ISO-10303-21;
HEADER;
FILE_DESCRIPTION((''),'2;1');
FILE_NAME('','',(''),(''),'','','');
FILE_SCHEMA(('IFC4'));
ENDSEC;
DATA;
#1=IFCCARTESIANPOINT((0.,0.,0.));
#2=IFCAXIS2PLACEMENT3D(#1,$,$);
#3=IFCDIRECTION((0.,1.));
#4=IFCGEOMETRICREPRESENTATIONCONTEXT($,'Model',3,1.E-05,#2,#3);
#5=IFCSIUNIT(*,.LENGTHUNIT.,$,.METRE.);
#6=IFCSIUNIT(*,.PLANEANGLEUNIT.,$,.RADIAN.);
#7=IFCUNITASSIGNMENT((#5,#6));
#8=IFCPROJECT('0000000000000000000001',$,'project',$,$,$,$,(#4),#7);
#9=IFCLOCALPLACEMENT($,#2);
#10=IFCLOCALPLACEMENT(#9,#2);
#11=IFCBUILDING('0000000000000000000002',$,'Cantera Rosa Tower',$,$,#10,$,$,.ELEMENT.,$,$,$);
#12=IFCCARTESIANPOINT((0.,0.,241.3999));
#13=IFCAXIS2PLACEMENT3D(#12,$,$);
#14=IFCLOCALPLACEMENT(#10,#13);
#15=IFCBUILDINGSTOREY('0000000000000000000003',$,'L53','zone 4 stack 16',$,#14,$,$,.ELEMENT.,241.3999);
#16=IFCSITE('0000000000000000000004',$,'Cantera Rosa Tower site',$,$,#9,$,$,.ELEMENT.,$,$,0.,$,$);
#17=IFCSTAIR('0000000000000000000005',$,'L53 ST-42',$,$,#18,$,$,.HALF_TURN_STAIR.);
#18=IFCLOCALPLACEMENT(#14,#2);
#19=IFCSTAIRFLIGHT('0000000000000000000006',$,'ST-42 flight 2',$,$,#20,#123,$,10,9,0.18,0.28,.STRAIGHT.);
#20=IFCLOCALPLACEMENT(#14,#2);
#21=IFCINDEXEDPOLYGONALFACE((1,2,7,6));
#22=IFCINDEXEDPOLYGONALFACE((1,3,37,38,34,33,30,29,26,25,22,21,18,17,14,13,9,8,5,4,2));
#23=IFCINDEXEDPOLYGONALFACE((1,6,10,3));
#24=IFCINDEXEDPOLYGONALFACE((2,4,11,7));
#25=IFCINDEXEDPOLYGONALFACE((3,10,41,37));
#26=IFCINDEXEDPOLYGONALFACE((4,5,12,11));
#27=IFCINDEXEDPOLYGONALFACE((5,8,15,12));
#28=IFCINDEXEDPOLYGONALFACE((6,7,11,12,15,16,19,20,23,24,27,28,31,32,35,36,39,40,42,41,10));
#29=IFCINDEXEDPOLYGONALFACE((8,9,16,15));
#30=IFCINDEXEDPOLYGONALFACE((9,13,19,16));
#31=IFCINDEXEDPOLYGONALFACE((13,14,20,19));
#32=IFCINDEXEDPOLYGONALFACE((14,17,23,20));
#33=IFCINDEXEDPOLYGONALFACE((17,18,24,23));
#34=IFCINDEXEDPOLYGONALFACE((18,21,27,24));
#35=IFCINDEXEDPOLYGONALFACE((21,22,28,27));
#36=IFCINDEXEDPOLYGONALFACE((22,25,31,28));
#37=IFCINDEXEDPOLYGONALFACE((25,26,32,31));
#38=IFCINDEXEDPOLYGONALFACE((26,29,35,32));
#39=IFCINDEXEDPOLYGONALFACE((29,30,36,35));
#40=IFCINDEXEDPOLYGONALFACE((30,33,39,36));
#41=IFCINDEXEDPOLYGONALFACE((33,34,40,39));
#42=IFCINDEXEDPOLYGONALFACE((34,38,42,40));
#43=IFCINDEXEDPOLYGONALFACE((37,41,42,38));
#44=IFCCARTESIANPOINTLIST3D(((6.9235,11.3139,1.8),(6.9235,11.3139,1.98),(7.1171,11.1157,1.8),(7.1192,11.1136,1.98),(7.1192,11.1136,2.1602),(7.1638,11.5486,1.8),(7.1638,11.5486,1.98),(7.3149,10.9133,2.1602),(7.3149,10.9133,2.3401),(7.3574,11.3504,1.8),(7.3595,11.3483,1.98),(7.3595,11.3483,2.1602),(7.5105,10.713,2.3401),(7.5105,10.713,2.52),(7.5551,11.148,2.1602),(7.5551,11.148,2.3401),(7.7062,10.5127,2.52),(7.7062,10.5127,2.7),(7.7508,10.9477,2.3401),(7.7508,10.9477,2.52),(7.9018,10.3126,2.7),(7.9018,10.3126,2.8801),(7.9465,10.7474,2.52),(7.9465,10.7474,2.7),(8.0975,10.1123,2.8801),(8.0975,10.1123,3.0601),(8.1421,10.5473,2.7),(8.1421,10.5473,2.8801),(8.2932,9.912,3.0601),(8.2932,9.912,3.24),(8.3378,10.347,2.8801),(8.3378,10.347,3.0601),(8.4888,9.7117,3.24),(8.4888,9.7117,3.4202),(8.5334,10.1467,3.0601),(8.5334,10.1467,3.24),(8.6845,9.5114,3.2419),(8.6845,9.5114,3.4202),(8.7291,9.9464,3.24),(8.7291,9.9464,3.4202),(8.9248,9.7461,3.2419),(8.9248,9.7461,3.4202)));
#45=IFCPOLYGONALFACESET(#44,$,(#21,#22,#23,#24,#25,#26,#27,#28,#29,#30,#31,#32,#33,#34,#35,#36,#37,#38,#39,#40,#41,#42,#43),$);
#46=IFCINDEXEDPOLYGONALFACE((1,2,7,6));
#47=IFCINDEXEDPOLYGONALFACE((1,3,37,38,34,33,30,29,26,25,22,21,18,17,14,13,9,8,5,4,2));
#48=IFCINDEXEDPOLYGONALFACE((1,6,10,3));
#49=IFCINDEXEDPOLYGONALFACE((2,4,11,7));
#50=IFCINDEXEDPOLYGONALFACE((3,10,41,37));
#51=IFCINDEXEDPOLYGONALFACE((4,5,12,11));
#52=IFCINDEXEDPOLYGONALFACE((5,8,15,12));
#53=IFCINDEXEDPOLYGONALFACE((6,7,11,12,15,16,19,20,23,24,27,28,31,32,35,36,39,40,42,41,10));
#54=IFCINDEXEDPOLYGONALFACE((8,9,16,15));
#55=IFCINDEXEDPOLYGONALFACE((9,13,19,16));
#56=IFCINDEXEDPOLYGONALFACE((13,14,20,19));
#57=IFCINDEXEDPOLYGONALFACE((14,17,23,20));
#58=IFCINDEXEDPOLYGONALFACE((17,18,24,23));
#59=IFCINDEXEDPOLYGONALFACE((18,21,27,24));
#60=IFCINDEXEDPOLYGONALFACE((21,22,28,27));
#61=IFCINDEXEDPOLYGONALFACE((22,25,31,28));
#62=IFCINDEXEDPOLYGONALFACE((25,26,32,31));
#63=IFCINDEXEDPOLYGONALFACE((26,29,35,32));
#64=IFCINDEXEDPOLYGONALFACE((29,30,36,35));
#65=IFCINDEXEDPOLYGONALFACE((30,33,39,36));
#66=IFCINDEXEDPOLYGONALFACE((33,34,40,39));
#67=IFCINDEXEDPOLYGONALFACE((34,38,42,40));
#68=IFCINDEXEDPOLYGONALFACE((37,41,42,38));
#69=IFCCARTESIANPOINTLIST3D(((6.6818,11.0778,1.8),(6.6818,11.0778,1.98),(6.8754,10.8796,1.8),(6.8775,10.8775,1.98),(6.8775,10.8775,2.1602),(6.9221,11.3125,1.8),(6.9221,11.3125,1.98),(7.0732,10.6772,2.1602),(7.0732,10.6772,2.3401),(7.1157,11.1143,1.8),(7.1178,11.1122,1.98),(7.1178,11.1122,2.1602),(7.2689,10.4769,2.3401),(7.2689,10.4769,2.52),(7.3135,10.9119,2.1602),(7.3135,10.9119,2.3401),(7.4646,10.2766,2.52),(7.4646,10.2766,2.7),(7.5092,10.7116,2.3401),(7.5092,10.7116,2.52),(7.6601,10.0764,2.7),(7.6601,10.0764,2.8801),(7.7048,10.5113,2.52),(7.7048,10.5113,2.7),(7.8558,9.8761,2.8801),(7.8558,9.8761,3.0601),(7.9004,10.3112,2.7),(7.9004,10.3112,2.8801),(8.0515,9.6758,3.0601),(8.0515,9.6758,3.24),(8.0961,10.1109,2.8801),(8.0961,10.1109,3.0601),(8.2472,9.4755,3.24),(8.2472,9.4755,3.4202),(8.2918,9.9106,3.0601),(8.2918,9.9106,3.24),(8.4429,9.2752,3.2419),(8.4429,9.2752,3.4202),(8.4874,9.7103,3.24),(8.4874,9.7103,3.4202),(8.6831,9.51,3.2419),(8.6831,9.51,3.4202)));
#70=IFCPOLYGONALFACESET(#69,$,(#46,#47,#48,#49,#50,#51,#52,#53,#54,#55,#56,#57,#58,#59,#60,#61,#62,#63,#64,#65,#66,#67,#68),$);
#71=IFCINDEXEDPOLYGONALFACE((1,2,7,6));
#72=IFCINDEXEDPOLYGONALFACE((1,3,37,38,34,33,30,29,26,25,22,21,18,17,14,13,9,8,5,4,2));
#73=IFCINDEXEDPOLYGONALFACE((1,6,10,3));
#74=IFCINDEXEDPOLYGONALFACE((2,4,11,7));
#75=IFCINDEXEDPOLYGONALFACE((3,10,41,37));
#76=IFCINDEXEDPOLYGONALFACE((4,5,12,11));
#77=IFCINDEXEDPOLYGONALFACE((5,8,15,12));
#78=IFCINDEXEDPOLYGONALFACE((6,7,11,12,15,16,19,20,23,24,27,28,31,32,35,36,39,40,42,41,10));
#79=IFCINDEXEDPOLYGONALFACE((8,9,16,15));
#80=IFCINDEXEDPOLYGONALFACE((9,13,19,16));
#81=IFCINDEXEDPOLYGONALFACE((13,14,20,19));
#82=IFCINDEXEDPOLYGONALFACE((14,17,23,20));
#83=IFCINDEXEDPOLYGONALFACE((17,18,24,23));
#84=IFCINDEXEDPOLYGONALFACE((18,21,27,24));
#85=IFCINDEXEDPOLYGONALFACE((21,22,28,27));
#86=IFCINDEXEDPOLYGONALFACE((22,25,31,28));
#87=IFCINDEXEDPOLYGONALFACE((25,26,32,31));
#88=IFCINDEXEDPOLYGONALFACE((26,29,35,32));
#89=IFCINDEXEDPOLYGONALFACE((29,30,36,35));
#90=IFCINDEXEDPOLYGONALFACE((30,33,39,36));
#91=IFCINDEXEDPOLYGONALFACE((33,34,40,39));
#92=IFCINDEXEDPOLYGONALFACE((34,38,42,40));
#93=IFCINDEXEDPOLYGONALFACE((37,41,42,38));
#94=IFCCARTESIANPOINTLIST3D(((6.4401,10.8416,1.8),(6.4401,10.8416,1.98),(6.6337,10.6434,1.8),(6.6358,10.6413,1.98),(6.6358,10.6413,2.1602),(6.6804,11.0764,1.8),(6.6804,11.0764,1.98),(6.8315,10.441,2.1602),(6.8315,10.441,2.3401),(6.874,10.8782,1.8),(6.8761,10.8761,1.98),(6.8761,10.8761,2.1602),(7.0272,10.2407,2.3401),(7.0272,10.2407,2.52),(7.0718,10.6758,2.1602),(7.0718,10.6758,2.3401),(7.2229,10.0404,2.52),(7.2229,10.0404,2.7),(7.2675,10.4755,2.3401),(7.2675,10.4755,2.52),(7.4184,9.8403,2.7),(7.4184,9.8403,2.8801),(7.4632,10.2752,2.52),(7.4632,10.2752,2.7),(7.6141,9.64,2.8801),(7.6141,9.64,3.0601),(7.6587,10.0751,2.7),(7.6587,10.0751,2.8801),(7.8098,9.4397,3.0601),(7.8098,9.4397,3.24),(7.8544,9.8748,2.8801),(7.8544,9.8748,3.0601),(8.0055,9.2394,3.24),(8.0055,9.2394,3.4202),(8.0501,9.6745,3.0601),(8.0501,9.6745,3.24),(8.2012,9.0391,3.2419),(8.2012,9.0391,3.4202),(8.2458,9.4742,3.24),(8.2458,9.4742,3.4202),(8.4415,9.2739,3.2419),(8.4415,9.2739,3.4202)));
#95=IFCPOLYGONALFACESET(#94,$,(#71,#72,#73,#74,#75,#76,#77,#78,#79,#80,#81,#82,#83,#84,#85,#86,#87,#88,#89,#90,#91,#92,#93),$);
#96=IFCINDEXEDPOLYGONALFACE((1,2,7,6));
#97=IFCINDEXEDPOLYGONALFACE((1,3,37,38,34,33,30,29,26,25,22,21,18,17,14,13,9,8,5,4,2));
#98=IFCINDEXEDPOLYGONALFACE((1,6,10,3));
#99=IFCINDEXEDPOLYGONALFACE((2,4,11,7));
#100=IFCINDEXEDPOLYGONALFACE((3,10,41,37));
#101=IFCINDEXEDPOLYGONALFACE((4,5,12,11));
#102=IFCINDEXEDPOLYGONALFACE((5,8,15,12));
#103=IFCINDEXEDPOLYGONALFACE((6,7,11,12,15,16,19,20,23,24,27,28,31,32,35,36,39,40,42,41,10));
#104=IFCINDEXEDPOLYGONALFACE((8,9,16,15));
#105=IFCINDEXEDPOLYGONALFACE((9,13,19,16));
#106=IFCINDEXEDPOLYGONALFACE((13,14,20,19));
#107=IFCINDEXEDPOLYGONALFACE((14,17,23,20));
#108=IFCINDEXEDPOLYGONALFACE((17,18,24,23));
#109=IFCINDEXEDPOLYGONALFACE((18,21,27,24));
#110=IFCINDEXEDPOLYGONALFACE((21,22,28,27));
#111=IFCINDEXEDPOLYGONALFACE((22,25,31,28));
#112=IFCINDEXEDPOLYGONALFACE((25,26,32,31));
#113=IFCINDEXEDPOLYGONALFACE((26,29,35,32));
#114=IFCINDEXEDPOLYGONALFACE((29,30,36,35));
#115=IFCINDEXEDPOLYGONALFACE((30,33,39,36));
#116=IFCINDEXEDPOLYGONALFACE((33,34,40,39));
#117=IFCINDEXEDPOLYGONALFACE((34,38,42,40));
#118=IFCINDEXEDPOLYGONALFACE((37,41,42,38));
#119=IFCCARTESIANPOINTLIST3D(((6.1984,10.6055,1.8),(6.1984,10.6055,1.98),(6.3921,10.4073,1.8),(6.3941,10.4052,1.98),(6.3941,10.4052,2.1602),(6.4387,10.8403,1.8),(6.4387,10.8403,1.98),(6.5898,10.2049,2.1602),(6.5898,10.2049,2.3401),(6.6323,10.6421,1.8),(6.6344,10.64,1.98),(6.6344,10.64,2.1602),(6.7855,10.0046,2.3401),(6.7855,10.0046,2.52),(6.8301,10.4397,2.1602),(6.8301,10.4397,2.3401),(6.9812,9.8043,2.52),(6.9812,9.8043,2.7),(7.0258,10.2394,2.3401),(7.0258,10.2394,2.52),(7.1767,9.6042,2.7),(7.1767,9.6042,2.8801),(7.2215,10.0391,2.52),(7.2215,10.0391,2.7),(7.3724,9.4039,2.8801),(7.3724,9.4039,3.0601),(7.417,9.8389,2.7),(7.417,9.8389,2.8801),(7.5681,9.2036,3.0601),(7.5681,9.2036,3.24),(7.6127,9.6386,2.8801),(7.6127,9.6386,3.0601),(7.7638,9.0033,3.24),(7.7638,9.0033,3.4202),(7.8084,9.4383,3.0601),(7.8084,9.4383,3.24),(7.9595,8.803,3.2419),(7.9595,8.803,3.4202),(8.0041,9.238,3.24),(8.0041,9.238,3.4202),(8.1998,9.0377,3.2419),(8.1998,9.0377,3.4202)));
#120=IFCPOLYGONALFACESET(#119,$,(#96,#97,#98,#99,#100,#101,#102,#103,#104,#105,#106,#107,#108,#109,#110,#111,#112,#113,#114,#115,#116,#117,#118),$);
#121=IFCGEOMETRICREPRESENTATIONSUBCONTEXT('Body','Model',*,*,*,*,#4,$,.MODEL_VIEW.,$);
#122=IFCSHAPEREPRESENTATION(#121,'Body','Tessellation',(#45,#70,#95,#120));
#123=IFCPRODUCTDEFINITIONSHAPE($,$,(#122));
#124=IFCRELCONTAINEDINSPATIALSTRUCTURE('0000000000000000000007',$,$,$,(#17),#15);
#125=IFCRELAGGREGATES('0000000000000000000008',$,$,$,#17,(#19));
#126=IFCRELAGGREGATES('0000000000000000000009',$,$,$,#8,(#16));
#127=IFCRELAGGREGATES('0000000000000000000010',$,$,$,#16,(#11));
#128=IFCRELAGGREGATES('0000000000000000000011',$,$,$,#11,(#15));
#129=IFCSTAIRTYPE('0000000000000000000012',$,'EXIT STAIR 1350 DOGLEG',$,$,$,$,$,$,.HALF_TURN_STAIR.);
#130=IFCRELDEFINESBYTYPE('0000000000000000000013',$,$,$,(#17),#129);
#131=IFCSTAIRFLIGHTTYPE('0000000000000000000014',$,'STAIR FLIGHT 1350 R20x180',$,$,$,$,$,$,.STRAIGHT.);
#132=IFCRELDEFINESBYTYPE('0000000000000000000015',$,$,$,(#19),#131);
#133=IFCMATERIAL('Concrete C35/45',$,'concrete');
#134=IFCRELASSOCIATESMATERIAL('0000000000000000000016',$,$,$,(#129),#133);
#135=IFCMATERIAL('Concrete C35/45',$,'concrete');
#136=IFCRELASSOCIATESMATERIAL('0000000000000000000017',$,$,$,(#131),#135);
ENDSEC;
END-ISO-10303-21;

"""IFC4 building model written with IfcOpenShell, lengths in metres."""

from ifc_helpers import new_model, si_unit, direction, frame, origin, place, context, subcontext, project, spatial, polyline, outline, extrude, material, type_object, element, aggregate, save


model = new_model("IFC4")

# Units and contexts
model_context = context("Model", 3, precision=1e-05, world=origin(), true_north=direction((0.0, 1.0)))
body_context = subcontext(model_context, "Body", "Model", "MODEL_VIEW")
ifc_project = project(units=[si_unit("LENGTHUNIT", "METRE"), si_unit("PLANEANGLEUNIT", "RADIAN")], contexts=[model_context])

# Site, building, storey
site_placement = place(None, origin())
site = spatial("IfcSite", under=ifc_project, at=site_placement, Name="Cantera Rosa Tower site", CompositionType="ELEMENT", RefElevation=0.0)
building_placement = place(site_placement, origin())
building = spatial("IfcBuilding", under=site, at=building_placement, Name="Cantera Rosa Tower", CompositionType="ELEMENT")
storey_placement = place(building_placement, frame((0.0, 0.0, 241.3999)))
storey = spatial("IfcBuildingStorey", under=building, at=storey_placement, Name="L53", Description="zone 4 stack 16", CompositionType="ELEMENT", Elevation=241.3999)

# Stair, stair flight
ifc_material_1 = material(Name="Concrete C35/45", Category="concrete")
stair_type = type_object("IfcStairType", Name="EXIT STAIR 1350 DOGLEG", PredefinedType="HALF_TURN_STAIR", material=ifc_material_1)
stair_placement = place(storey_placement, origin())
stair = element("IfcStair", 1, at=stair_placement, inside=storey, type_object=stair_type, Name="L53 ST-42", PredefinedType="HALF_TURN_STAIR")
ifc_material_2 = material(Name="Concrete C35/45", Category="concrete")
stair_flight_type = type_object("IfcStairFlightType", Name="STAIR FLIGHT 1350 R20x180", PredefinedType="STRAIGHT", material=ifc_material_2)
stair_flight_1_placement = place(storey_placement, frame((6.6809, 11.0769, 1.8), z_axis=(0.0, 0.0, 1.0), x_axis=(0.698832, -0.715286, 0.0)))
stair_flight_1 = element("IfcStairFlight", 2, at=stair_flight_1_placement, type_object=stair_flight_type, Name="ST-42 flight 2", NumberOfRisers=10, NumberOfTreads=9, PredefinedType="STRAIGHT", RiserHeight=0.18, TreadLength=0.28, context=body_context, shape_type="SweptSolid", body=[
    extrude(outline(polyline([(0.0, 0.0), (0.0, 0.1799), (0.28, 0.1799), (0.28, 0.3601), (0.5601, 0.3601), (0.5601, 0.54), (0.8401, 0.54), (0.8401, 0.72), (1.1201, 0.72), (1.1201, 0.8999), (1.3999, 0.8999), (1.3999, 1.0801), (1.6799, 1.0801), (1.6799, 1.26), (1.96, 1.26), (1.96, 1.4399), (2.24, 1.4399), (2.24, 1.6201), (2.52, 1.6201), (2.52, 1.8), (2.52, 1.4419), (0.2771, 0.0), (0.0, 0.0)])), frame((0.0, 0.675, 0.0), z_axis=(0.0, -1.0, 0.0), x_axis=(1.0, 0.0, 0.0)), (0.0, 0.0, 1.0), 0.3359),
    extrude(outline(polyline([(0.0, 0.0), (0.0, 0.1799), (0.28, 0.1799), (0.28, 0.3601), (0.5601, 0.3601), (0.5601, 0.54), (0.8401, 0.54), (0.8401, 0.72), (1.1201, 0.72), (1.1201, 0.8999), (1.3999, 0.8999), (1.3999, 1.0801), (1.6799, 1.0801), (1.6799, 1.26), (1.96, 1.26), (1.96, 1.4399), (2.24, 1.4399), (2.24, 1.6201), (2.52, 1.6201), (2.52, 1.8), (2.52, 1.4419), (0.2771, 0.0), (0.0, 0.0)])), frame((0.0, 0.3372, 0.0), z_axis=(0.0, -1.0, 0.0), x_axis=(1.0, 0.0, 0.0)), (0.0, 0.0, 1.0), 0.3359),
    extrude(outline(polyline([(0.0, 0.0), (0.0, 0.1799), (0.28, 0.1799), (0.28, 0.3601), (0.5601, 0.3601), (0.5601, 0.54), (0.8401, 0.54), (0.8401, 0.72), (1.1201, 0.72), (1.1201, 0.8999), (1.3999, 0.8999), (1.3999, 1.0801), (1.6799, 1.0801), (1.6799, 1.26), (1.96, 1.26), (1.96, 1.4399), (2.24, 1.4399), (2.24, 1.6201), (2.52, 1.6201), (2.52, 1.8), (2.52, 1.4419), (0.2771, 0.0), (0.0, 0.0)])), frame((0.0, -0.0007, 0.0), z_axis=(0.0, -1.0, 0.0), x_axis=(1.0, 0.0, 0.0)), (0.0, 0.0, 1.0), 0.3359),
    extrude(outline(polyline([(0.0, 0.0), (0.0, 0.1799), (0.28, 0.1799), (0.28, 0.3601), (0.5601, 0.3601), (0.5601, 0.54), (0.8401, 0.54), (0.8401, 0.72), (1.1201, 0.72), (1.1201, 0.8999), (1.3999, 0.8999), (1.3999, 1.0801), (1.6799, 1.0801), (1.6799, 1.26), (1.96, 1.26), (1.96, 1.4399), (2.24, 1.4399), (2.24, 1.6201), (2.52, 1.6201), (2.52, 1.8), (2.52, 1.4419), (0.2771, 0.0), (0.0, 0.0)])), frame((0.0, -0.3386, 0.0), z_axis=(0.0, -1.0, 0.0), x_axis=(1.0, 0.0, 0.0)), (0.0, 0.0, 1.0), 0.3359),
])
aggregate(stair, [stair_flight_1])

save(model, "model.ifc")
